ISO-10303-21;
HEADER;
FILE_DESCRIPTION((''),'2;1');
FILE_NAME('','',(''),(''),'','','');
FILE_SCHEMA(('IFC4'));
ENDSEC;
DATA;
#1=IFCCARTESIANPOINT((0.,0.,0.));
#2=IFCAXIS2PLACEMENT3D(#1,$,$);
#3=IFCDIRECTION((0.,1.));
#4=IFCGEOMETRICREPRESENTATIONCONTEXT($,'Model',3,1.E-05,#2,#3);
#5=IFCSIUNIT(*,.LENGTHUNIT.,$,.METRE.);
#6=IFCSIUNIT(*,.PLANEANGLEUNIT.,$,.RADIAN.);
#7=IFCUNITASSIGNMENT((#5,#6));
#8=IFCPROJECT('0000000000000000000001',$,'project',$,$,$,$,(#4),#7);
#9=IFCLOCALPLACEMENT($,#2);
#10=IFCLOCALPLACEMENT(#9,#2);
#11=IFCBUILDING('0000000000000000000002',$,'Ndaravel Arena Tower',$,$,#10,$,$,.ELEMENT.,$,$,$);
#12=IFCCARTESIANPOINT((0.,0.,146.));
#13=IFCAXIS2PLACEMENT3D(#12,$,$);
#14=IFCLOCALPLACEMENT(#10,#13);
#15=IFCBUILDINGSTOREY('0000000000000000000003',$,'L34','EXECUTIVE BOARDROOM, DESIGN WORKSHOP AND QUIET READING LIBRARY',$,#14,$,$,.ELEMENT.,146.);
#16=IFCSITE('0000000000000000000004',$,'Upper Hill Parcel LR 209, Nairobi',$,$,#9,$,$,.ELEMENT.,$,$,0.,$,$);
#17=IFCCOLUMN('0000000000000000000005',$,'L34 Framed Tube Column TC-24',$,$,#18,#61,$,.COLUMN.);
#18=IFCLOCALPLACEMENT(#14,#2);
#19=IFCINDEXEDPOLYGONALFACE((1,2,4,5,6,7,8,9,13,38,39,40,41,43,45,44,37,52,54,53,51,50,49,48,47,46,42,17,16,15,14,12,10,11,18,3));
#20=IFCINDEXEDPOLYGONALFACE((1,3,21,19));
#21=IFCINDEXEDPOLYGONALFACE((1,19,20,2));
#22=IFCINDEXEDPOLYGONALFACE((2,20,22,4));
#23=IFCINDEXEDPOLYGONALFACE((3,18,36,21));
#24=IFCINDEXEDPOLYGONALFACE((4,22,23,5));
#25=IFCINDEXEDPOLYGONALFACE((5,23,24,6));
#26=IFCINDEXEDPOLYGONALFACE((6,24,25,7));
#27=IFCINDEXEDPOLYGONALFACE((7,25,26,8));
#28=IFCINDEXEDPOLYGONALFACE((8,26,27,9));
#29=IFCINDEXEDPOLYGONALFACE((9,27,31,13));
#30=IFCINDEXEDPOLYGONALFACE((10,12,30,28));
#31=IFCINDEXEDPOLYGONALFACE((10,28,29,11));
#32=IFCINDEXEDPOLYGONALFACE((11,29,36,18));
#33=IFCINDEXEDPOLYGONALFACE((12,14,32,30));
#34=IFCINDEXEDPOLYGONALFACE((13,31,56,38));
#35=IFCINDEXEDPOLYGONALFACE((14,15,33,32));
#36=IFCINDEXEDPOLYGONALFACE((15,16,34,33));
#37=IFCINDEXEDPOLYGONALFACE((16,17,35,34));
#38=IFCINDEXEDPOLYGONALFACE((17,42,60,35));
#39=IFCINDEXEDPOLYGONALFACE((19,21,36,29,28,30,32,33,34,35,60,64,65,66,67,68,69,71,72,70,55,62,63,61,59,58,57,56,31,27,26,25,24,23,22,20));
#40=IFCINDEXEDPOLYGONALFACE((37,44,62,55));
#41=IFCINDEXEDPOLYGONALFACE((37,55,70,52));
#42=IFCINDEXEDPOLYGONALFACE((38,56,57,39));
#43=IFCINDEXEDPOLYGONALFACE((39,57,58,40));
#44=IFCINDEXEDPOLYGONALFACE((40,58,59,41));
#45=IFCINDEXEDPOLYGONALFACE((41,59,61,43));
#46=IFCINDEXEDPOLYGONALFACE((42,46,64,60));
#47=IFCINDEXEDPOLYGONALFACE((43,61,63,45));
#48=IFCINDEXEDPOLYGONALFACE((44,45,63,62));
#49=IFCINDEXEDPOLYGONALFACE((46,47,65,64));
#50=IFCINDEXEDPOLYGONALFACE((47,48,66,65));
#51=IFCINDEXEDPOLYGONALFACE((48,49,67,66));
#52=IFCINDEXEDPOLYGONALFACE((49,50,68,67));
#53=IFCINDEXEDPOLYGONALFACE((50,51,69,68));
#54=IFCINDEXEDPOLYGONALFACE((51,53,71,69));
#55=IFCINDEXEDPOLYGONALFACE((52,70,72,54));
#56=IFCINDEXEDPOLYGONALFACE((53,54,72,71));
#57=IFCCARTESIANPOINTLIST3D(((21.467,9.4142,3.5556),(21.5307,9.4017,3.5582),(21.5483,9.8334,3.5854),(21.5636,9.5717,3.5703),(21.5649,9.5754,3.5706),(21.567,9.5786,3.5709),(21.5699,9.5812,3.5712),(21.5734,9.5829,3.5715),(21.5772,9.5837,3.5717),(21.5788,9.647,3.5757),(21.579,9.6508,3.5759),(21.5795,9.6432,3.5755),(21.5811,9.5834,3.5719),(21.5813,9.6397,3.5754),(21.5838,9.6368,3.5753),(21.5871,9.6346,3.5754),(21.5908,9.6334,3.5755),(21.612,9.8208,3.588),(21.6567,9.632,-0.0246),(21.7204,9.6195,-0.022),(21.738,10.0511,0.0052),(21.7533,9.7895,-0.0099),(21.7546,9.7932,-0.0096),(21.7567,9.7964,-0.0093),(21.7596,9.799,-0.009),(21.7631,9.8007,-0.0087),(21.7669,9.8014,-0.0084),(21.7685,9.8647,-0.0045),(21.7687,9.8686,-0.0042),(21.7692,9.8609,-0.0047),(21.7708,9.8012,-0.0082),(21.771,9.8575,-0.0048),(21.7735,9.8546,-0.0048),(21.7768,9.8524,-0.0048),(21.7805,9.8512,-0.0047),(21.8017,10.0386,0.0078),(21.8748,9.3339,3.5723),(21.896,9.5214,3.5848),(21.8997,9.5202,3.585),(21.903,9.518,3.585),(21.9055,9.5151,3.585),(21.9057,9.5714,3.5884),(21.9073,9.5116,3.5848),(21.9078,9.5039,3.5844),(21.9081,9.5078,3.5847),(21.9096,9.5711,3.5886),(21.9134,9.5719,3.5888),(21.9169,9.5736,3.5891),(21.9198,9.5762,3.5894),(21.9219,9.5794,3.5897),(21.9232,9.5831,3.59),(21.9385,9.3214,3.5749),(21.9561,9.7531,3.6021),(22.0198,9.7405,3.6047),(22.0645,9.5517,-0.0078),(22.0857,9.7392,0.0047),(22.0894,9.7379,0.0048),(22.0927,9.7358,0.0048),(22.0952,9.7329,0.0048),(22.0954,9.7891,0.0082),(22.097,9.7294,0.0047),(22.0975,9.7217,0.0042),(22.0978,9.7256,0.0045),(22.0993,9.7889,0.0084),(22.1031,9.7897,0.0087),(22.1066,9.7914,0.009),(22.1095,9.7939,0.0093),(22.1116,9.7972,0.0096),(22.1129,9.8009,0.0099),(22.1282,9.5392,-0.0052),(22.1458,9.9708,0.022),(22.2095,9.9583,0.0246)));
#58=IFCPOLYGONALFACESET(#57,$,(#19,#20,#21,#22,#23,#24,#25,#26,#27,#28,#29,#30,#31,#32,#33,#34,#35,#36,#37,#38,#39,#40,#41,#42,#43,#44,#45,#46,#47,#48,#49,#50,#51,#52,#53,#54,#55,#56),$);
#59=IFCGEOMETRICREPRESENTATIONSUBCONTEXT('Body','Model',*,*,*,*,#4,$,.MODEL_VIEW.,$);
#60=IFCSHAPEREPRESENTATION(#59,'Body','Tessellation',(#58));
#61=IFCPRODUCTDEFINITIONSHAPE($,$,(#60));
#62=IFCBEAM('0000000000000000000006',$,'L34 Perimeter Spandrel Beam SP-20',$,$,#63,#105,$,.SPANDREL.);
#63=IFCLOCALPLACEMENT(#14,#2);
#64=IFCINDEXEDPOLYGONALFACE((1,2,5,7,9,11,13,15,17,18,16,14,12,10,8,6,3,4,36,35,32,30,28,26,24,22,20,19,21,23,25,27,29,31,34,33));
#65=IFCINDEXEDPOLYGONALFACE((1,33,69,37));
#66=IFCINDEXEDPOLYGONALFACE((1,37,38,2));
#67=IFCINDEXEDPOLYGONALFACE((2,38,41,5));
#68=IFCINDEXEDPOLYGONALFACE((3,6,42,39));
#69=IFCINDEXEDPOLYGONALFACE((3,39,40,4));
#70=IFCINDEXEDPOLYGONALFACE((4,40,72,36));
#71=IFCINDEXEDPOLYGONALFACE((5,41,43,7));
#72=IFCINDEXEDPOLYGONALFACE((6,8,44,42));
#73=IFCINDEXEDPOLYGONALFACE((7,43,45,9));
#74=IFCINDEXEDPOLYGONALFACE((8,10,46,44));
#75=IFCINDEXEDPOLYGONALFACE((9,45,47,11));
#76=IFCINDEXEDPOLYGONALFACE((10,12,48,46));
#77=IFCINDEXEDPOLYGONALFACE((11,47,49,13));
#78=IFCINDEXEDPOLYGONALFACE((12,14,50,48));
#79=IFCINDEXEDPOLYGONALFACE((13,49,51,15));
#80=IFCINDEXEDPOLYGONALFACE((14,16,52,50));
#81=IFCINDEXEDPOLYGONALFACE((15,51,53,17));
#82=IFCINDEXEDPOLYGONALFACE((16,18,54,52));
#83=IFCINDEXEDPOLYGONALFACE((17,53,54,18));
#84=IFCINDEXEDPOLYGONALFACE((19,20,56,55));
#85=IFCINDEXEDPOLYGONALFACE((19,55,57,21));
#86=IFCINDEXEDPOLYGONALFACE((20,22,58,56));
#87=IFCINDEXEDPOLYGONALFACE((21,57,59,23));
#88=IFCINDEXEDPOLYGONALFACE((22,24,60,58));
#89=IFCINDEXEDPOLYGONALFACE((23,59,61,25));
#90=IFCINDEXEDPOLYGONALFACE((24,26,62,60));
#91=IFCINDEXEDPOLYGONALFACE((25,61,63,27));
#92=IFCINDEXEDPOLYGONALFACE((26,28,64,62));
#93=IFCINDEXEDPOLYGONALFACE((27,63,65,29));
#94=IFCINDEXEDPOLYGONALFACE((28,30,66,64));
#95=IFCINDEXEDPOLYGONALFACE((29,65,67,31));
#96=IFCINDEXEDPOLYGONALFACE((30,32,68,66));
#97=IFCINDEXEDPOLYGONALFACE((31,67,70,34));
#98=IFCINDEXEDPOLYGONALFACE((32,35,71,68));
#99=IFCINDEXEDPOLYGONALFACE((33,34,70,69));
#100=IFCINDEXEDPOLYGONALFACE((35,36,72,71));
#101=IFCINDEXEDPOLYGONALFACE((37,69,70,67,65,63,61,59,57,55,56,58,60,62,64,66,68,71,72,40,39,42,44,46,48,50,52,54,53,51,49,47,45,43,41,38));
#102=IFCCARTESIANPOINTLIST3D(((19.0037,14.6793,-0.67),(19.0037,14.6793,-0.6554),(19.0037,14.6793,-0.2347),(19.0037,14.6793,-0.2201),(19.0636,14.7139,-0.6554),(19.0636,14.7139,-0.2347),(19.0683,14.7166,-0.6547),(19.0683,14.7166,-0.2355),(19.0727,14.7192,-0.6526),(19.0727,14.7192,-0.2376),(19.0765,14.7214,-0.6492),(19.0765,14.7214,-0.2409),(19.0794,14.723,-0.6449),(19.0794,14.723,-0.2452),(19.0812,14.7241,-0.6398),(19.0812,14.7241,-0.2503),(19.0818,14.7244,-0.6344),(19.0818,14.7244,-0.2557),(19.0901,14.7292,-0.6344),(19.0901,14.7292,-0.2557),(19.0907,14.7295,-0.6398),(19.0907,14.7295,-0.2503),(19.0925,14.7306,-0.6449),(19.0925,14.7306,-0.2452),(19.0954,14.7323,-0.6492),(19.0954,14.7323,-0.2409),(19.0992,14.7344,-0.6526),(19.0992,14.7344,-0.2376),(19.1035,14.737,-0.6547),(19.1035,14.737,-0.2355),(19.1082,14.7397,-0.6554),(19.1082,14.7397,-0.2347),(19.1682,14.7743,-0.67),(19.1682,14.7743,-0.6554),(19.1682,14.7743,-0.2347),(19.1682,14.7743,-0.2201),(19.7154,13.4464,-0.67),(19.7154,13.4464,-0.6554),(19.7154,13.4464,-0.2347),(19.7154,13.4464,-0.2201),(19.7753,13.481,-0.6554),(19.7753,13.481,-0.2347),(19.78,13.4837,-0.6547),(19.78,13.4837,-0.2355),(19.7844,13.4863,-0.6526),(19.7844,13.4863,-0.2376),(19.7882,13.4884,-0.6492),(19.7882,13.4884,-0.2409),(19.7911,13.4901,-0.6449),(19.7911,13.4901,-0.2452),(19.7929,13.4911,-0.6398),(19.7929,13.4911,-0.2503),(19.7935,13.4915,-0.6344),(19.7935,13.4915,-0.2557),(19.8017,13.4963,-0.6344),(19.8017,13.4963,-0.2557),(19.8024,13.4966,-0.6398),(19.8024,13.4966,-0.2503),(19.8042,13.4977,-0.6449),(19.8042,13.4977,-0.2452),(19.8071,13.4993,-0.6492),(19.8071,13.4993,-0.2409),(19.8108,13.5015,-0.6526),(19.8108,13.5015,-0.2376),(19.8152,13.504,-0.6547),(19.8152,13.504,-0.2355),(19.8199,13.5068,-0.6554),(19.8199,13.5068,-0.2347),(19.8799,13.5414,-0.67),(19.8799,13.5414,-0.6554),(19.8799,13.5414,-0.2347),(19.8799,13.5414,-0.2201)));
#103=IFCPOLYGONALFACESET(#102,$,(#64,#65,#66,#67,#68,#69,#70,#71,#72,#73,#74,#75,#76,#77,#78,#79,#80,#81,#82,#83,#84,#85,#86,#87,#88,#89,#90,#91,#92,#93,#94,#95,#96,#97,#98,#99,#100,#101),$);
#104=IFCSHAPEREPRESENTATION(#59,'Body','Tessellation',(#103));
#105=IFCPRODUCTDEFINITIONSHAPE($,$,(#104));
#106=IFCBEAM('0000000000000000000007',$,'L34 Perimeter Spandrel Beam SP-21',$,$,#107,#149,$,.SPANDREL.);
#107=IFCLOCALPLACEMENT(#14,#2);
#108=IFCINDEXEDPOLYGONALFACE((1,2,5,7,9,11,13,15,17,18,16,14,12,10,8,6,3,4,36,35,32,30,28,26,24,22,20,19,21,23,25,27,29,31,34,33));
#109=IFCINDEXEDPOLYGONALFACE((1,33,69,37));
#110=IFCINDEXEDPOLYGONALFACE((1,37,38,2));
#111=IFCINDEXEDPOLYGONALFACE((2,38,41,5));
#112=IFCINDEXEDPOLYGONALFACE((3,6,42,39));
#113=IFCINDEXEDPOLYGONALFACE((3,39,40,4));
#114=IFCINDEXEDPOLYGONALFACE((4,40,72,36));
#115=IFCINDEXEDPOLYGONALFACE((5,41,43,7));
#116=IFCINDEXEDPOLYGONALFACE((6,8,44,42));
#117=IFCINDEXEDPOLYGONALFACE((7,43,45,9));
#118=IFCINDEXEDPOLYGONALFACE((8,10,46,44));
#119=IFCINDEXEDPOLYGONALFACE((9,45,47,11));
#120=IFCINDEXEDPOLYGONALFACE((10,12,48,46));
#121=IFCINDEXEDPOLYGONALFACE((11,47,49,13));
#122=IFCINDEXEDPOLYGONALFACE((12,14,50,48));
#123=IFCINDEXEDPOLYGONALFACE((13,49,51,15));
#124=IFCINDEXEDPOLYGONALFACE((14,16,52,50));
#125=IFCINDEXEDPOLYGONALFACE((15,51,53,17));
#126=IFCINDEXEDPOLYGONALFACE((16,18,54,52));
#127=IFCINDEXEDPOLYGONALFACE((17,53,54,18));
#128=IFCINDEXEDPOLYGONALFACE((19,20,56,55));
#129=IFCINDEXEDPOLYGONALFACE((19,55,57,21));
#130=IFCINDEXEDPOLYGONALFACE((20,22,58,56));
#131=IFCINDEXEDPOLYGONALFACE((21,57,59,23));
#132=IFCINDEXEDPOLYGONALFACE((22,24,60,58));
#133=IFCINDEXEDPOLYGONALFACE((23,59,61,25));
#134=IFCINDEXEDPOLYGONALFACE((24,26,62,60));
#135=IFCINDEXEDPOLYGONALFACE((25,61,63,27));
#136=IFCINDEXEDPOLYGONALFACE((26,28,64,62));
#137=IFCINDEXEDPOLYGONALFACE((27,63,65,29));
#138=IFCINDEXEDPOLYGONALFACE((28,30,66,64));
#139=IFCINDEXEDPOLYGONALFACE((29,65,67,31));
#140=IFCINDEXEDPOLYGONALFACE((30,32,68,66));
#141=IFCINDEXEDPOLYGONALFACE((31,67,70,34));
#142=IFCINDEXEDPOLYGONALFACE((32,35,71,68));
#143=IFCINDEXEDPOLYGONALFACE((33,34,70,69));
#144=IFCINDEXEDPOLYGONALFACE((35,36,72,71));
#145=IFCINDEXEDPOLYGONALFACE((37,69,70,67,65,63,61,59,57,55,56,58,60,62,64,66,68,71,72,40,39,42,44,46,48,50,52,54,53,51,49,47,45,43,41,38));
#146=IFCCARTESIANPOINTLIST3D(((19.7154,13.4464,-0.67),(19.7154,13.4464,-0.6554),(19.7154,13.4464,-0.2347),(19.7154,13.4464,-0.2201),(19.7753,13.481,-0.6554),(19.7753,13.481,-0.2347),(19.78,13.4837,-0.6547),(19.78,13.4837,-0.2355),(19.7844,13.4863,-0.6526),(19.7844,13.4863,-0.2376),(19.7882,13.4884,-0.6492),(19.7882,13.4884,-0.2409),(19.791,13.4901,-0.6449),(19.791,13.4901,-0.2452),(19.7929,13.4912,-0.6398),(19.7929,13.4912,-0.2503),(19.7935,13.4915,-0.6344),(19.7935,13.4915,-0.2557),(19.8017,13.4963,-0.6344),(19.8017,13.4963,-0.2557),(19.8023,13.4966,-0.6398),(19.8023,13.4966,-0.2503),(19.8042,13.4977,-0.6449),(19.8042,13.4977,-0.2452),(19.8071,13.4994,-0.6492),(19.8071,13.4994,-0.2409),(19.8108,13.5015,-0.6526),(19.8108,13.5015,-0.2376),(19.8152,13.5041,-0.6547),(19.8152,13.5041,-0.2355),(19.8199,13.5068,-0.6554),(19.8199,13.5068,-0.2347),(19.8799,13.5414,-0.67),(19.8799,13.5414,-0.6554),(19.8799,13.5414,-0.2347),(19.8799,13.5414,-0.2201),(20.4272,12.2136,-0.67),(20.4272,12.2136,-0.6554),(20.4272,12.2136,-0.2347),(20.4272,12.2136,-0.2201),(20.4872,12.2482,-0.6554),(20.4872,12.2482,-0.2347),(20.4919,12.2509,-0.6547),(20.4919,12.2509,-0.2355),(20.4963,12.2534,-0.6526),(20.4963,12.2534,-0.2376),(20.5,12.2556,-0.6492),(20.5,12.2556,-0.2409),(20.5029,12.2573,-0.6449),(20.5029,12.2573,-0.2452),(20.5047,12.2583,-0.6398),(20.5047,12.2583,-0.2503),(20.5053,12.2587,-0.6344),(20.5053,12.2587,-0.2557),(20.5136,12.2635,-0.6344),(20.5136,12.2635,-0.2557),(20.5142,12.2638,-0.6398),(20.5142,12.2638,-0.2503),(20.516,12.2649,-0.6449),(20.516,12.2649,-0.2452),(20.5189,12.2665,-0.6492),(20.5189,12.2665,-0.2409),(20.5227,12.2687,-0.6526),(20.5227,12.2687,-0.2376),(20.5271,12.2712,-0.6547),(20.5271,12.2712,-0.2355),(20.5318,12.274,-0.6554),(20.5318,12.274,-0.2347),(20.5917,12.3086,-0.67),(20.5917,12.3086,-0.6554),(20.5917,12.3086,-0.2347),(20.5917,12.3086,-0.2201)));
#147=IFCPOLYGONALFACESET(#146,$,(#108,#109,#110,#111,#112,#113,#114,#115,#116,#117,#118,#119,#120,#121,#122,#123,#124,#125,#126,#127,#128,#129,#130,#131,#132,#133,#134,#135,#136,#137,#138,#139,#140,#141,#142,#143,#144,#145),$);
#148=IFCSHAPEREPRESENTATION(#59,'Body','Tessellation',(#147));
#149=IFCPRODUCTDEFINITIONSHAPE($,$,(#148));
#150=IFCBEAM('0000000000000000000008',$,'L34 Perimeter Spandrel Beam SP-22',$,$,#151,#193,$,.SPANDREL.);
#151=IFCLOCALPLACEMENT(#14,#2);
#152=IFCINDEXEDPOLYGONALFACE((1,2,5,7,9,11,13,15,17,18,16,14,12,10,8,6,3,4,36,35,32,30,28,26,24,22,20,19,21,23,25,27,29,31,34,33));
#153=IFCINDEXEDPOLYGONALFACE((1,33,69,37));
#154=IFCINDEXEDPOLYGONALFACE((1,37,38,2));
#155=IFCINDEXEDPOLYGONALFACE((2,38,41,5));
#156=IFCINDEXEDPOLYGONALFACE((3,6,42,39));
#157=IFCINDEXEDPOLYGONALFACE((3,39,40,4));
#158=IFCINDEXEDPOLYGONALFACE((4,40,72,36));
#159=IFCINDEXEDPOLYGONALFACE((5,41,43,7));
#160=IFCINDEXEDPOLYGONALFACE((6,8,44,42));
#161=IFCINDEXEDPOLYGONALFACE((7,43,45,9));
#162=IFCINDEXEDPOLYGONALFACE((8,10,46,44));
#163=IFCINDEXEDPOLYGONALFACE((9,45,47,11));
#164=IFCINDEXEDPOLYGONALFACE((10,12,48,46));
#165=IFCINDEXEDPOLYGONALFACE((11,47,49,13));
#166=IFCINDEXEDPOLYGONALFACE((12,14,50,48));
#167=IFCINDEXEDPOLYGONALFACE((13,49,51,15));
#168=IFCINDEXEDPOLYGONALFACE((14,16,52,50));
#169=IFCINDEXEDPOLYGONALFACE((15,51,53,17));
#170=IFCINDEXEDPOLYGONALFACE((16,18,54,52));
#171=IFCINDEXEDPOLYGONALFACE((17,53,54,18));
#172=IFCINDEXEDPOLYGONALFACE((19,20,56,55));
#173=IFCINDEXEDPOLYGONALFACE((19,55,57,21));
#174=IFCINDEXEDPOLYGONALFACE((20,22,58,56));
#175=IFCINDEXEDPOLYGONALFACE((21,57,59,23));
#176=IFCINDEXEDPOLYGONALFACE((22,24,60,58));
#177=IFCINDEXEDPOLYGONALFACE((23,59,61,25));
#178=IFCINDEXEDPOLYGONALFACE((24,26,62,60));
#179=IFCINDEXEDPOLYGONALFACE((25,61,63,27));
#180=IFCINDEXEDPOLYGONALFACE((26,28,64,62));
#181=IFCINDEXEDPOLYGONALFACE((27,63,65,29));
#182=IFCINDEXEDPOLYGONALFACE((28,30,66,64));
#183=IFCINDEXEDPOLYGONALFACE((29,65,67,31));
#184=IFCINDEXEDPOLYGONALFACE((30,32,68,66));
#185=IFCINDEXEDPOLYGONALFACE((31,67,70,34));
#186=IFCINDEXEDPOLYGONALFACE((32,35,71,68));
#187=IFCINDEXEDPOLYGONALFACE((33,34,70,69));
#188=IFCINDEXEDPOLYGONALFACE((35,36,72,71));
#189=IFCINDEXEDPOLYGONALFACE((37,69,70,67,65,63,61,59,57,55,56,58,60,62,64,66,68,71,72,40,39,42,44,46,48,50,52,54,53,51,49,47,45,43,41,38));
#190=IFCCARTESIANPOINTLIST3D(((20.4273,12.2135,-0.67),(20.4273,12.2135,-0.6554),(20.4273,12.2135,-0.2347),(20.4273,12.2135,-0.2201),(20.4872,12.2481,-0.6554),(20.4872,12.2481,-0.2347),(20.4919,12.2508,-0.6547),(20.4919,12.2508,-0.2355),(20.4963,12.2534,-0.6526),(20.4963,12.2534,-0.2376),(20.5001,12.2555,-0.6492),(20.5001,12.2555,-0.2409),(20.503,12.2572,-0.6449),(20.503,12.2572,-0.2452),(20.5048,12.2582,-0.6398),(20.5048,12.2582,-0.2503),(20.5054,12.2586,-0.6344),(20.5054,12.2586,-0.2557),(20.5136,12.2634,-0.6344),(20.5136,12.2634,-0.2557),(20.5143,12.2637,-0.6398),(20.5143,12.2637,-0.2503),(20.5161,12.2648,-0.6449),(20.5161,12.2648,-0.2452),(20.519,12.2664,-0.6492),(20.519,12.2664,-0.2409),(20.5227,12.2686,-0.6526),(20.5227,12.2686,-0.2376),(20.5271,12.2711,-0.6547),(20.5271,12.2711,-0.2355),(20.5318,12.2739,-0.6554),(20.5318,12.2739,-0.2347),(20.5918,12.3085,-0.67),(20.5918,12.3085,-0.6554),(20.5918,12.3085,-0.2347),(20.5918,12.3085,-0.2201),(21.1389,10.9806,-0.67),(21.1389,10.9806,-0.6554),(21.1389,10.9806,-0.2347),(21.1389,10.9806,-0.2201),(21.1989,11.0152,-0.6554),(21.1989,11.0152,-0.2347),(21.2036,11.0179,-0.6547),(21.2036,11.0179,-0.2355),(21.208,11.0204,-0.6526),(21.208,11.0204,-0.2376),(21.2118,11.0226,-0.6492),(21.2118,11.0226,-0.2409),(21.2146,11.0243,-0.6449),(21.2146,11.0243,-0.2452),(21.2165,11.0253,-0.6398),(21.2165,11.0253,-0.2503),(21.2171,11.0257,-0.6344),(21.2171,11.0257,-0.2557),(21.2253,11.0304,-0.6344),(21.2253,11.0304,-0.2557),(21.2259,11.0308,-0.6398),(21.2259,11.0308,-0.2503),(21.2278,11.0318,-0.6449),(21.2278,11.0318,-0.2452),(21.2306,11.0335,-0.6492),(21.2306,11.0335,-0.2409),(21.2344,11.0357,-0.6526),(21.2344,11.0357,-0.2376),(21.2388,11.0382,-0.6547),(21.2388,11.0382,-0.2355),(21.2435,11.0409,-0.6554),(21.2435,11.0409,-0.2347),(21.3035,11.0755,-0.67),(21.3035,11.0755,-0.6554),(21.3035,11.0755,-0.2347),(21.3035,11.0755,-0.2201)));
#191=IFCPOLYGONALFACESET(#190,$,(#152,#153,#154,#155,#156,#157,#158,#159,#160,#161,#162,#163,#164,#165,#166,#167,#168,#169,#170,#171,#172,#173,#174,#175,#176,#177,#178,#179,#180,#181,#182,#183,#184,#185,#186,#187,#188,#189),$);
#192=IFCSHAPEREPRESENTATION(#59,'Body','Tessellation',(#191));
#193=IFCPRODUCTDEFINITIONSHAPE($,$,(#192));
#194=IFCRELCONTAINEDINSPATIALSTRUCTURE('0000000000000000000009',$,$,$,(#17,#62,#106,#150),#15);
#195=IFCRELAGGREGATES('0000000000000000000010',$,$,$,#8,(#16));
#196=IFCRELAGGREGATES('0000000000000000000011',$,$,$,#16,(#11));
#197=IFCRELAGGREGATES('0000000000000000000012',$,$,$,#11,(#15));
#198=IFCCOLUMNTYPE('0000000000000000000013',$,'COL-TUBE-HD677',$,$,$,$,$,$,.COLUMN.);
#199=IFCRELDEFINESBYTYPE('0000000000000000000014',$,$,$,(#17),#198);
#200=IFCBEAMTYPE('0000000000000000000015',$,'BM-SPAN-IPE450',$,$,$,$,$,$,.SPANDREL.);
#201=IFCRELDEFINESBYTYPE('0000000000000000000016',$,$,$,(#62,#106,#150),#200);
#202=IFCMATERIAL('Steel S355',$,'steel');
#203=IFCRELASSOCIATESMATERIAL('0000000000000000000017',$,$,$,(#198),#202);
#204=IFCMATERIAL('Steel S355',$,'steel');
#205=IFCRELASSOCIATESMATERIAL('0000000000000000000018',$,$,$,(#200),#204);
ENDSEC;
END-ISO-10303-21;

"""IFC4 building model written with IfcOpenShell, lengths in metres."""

from ifc_helpers import new_model, si_unit, direction, frame, origin, origin_2d, place, context, subcontext, project, spatial, i_section, extrude, material, material_profile, profile_set, type_object, element, save


model = new_model("IFC4")

# Units and contexts
model_context = context("Model", 3, precision=1e-05, world=origin(), true_north=direction((0.0, 1.0)))
body_context = subcontext(model_context, "Body", "Model", "MODEL_VIEW")
ifc_project = project(units=[si_unit("LENGTHUNIT", "METRE"), si_unit("PLANEANGLEUNIT", "RADIAN")], contexts=[model_context])

# Site, building, storey
site_placement = place(None, origin())
site = spatial("IfcSite", under=ifc_project, at=site_placement, Name="Upper Hill Parcel LR 209, Nairobi", CompositionType="ELEMENT", RefElevation=0.0)
building_placement = place(site_placement, origin())
building = spatial("IfcBuilding", under=site, at=building_placement, Name="Ndaravel Arena Tower", CompositionType="ELEMENT")
storey_placement = place(building_placement, frame((0.0, 0.0, 146.0)))
storey = spatial("IfcBuildingStorey", under=building, at=storey_placement, Name="L34", Description="EXECUTIVE BOARDROOM, DESIGN WORKSHOP AND QUIET READING LIBRARY", CompositionType="ELEMENT", Elevation=146.0)

# Column
ifc_material_1 = material(Name="Steel S355", Category="steel")
ifc_material_profile_1 = material_profile(ifc_material_1, i_section(OverallWidth=0.428, OverallDepth=0.481, WebThickness=0.051, FlangeThickness=0.0649, FilletRadius=0.0149, at=origin_2d()), Name="HD 400x677")
ifc_profile_set_1 = profile_set([ifc_material_profile_1], Name="Steel S355")
column_type = type_object("IfcColumnType", Name="COL-TUBE-HD677", PredefinedType="COLUMN", material=ifc_profile_set_1)
column_1_placement = place(storey_placement, frame((21.9331, 9.7952, 0.0), z_axis=(-0.052815, -0.060632, 0.996762), x_axis=(0.189967, 0.979318, 0.069637)))
element("IfcColumn", 1, at=column_1_placement, inside=storey, type_object=column_type, Name="L34 Framed Tube Column TC-24", PredefinedType="COLUMN", context=body_context, shape_type="SweptSolid", body=[
    extrude(i_section(OverallWidth=0.428, OverallDepth=0.481, WebThickness=0.051, FlangeThickness=0.0649, FilletRadius=0.0149, at=origin_2d()), origin(), (0.0, 0.0, 1.0), 3.5918),
])

# Beams
ifc_material_2 = material(Name="Steel S355", Category="steel")
ifc_material_profile_2 = material_profile(ifc_material_2, i_section(OverallWidth=0.1899, OverallDepth=0.45, WebThickness=0.0095, FlangeThickness=0.0146, FilletRadius=0.021, at=origin_2d()), Name="IPE 450")
ifc_profile_set_2 = profile_set([ifc_material_profile_2], Name="Steel S355")
beam_type = type_object("IfcBeamType", Name="BM-SPAN-IPE450", PredefinedType="SPANDREL", material=ifc_profile_set_2)
for number, where, z_axis, x_axis, name in (
    (2, (19.0859, 14.7268, -0.4451), (0.49992, -0.866071, 0.0), (0.866071, 0.49992, 0.0), "L34 Perimeter Spandrel Beam SP-20"),
    (3, (19.7976, 13.4939, -0.4451), (0.500049, -0.865997, 0.0), (0.865997, 0.500049, 0.0), "L34 Perimeter Spandrel Beam SP-21"),
    (4, (20.5095, 12.261, -0.4451), (0.49992, -0.866071, 0.0), (0.866071, 0.49992, 0.0), "L34 Perimeter Spandrel Beam SP-22"),
):
    element("IfcBeam", number, at=place(storey_placement, frame(where, z_axis=z_axis, x_axis=x_axis)), inside=storey, type_object=beam_type, Name=name, PredefinedType="SPANDREL", context=body_context, shape_type="SweptSolid", body=[
        extrude(i_section(OverallWidth=0.1899, OverallDepth=0.45, WebThickness=0.0095, FlangeThickness=0.0146, FilletRadius=0.021, at=origin_2d()), origin(), (0.0, 0.0, 1.0), 1.4236),
    ])

save(model, "model.ifc")
